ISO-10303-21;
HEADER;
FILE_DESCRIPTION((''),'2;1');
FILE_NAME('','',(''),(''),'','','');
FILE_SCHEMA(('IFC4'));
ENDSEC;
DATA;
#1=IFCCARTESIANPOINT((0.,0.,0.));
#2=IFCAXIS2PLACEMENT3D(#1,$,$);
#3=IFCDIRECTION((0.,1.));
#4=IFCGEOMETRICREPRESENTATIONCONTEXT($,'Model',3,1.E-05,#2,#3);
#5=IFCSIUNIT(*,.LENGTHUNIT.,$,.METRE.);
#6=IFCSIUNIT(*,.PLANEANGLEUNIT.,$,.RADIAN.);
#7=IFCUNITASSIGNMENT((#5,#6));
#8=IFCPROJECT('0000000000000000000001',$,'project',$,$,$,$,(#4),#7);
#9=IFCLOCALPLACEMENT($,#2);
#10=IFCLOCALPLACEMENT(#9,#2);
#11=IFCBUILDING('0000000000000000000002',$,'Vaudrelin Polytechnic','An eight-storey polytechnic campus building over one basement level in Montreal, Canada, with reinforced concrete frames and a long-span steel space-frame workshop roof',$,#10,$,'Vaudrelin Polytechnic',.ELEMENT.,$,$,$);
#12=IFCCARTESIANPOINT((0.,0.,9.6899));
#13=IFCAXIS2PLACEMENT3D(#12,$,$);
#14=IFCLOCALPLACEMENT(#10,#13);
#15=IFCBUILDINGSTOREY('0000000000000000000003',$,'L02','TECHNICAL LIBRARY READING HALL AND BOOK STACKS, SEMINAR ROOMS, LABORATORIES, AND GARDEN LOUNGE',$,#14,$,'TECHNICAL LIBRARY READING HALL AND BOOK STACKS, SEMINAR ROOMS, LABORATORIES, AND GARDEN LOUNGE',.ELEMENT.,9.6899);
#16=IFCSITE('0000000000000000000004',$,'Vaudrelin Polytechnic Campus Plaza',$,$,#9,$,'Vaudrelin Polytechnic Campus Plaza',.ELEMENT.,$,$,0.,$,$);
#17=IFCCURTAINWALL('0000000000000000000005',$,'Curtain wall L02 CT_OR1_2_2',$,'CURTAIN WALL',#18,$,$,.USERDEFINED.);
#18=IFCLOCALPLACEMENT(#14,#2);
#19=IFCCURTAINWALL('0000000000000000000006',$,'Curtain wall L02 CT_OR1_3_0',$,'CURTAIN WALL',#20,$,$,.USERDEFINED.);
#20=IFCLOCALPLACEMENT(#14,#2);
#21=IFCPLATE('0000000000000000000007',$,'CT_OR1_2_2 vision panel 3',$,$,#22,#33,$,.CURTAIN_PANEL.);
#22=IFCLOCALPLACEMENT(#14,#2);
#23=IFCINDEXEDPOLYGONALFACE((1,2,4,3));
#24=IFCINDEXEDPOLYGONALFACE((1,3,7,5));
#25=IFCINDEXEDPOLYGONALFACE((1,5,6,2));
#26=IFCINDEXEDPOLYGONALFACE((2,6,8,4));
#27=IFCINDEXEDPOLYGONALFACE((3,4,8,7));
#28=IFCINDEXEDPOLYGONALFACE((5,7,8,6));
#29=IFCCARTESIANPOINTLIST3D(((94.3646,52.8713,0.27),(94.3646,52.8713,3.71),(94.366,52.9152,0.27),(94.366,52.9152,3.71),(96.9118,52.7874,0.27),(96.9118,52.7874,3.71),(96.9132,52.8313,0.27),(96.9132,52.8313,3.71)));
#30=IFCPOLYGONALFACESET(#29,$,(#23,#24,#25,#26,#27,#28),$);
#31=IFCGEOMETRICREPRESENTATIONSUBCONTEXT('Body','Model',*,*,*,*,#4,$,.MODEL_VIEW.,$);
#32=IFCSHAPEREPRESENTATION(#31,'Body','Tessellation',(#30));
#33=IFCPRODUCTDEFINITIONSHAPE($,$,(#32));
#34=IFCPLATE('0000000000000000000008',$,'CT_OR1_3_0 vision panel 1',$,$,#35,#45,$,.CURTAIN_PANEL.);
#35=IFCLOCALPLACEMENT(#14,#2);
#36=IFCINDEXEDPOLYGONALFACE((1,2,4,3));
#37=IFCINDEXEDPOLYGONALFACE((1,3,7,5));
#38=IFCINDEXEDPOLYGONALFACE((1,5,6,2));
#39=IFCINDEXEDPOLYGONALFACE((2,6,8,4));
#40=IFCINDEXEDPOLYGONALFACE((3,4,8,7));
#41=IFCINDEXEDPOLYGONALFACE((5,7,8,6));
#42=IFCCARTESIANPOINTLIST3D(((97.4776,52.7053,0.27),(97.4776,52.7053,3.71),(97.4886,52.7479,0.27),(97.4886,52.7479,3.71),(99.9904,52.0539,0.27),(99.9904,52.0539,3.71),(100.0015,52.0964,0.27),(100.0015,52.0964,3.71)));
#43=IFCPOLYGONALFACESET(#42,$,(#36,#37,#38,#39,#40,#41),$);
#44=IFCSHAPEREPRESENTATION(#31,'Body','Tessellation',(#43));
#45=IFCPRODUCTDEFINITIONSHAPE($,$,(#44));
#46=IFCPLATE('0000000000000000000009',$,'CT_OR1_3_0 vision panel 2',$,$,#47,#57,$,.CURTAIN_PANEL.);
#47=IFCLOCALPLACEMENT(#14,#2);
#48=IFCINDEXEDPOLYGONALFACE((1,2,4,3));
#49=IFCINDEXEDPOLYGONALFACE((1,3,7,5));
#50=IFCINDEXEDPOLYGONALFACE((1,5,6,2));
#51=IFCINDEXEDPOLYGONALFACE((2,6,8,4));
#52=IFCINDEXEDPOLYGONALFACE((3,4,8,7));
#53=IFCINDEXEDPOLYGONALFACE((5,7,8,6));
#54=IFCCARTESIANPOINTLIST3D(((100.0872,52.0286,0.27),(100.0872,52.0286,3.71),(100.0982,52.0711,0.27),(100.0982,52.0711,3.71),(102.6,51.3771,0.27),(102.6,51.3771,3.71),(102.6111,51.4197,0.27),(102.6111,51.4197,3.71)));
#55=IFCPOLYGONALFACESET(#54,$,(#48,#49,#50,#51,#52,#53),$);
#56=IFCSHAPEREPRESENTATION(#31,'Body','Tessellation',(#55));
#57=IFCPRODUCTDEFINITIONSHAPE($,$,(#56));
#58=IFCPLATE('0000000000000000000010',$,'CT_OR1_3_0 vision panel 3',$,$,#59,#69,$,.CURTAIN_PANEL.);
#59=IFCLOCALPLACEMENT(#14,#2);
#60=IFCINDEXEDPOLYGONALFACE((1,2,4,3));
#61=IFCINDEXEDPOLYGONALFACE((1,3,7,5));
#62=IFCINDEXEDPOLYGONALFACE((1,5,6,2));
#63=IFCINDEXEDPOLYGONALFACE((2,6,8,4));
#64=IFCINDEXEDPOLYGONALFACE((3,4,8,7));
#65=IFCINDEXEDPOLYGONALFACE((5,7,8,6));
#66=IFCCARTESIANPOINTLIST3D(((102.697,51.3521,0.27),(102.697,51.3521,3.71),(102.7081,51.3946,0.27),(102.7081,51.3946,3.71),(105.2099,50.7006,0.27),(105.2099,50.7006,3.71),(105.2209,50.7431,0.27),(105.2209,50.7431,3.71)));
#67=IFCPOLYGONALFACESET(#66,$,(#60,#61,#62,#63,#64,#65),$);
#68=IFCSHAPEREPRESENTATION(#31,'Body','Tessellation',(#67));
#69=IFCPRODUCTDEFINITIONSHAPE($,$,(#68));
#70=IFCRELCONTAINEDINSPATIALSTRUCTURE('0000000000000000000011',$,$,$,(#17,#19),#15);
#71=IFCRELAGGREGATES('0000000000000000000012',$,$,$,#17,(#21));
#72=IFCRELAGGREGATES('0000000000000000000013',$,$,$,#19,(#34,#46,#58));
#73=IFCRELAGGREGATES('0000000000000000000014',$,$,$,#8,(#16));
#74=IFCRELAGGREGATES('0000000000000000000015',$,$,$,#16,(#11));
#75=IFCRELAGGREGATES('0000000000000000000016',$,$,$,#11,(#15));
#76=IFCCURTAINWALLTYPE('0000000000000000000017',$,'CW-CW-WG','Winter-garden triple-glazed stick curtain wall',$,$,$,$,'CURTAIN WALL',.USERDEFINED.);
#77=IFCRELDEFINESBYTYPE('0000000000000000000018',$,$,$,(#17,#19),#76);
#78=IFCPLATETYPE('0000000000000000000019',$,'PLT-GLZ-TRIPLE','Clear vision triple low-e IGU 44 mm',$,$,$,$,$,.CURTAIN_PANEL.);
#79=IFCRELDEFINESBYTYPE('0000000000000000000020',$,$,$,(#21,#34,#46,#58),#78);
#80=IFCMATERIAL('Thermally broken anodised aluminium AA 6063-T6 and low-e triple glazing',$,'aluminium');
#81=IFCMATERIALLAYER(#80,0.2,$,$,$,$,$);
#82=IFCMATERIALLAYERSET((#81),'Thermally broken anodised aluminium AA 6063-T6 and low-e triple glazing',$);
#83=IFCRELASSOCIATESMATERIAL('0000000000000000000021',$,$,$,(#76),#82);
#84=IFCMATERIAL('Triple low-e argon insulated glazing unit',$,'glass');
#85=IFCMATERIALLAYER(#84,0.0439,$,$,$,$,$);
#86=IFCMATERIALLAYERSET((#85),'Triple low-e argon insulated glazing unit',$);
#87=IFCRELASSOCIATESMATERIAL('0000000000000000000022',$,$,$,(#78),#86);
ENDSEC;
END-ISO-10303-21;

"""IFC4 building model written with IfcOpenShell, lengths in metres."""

from ifc_helpers import new_model, si_unit, direction, frame, origin, origin_2d, place, context, subcontext, project, spatial, rectangle, extrude, material, layer, layer_set, type_object, element, aggregate, save


model = new_model("IFC4")

# Units and contexts
model_context = context("Model", 3, precision=1e-05, world=origin(), true_north=direction((0.0, 1.0)))
body_context = subcontext(model_context, "Body", "Model", "MODEL_VIEW")
ifc_project = project(units=[si_unit("LENGTHUNIT", "METRE"), si_unit("PLANEANGLEUNIT", "RADIAN")], contexts=[model_context])

# Site, building, storey
site_placement = place(None, origin())
site = spatial("IfcSite", under=ifc_project, at=site_placement, Name="Vaudrelin Polytechnic Campus Plaza", LongName="Vaudrelin Polytechnic Campus Plaza", CompositionType="ELEMENT", RefElevation=0.0)
building_placement = place(site_placement, origin())
building = spatial("IfcBuilding", under=site, at=building_placement, Name="Vaudrelin Polytechnic", Description="An eight-storey polytechnic campus building over one basement level in Montreal, Canada, with reinforced concrete frames and a long-span steel space-frame workshop roof", LongName="Vaudrelin Polytechnic", CompositionType="ELEMENT")
storey_placement = place(building_placement, frame((0.0, 0.0, 9.6899)))
storey = spatial("IfcBuildingStorey", under=building, at=storey_placement, Name="L02", Description="TECHNICAL LIBRARY READING HALL AND BOOK STACKS, SEMINAR ROOMS, LABORATORIES, AND GARDEN LOUNGE", LongName="TECHNICAL LIBRARY READING HALL AND BOOK STACKS, SEMINAR ROOMS, LABORATORIES, AND GARDEN LOUNGE", CompositionType="ELEMENT", Elevation=9.6899)

# Curtain walls
ifc_material_1 = material(Name="Thermally broken anodised aluminium AA 6063-T6 and low-e triple glazing", Category="aluminium")
ifc_layer_1 = layer(ifc_material_1, 0.2)
ifc_layer_set_1 = layer_set([ifc_layer_1], Name="Thermally broken anodised aluminium AA 6063-T6 and low-e triple glazing")
curtain_wall_type = type_object("IfcCurtainWallType", Name="CW-CW-WG", Description="Winter-garden triple-glazed stick curtain wall", ElementType="CURTAIN WALL", PredefinedType="USERDEFINED", material=ifc_layer_set_1)
curtain_wall_1_placement = place(storey_placement, origin())
curtain_wall_1 = element("IfcCurtainWall", 1, at=curtain_wall_1_placement, inside=storey, type_object=curtain_wall_type, Name="Curtain wall L02 CT_OR1_2_2", ObjectType="CURTAIN WALL", PredefinedType="USERDEFINED")
curtain_wall_2_placement = place(storey_placement, origin())
curtain_wall_2 = element("IfcCurtainWall", 2, at=curtain_wall_2_placement, inside=storey, type_object=curtain_wall_type, Name="Curtain wall L02 CT_OR1_3_0", ObjectType="CURTAIN WALL", PredefinedType="USERDEFINED")

# Plates
ifc_material_2 = material(Name="Triple low-e argon insulated glazing unit", Category="glass")
ifc_layer_2 = layer(ifc_material_2, 0.0439)
ifc_layer_set_2 = layer_set([ifc_layer_2], Name="Triple low-e argon insulated glazing unit")
plate_type_1 = type_object("IfcPlateType", Name="PLT-GLZ-TRIPLE", Description="Clear vision triple low-e IGU 44 mm", PredefinedType="CURTAIN_PANEL", material=ifc_layer_set_2)
plate_1_placement = place(storey_placement, frame((95.6389, 52.8513, 0.27), z_axis=(0.0, 0.0, 1.0), x_axis=(0.999458, -0.03291, 0.0)))
plate_1 = element("IfcPlate", 3, at=plate_1_placement, type_object=plate_type_1, Name="CT_OR1_2_2 vision panel 3", PredefinedType="CURTAIN_PANEL", context=body_context, shape_type="SweptSolid", body=[
    extrude(rectangle(XDim=2.5486, YDim=0.0439, at=origin_2d()), origin(), (0.0, 0.0, 1.0), 3.4399),
])
aggregate(curtain_wall_1, [plate_1])
plate_2_placement = place(storey_placement, frame((98.7395, 52.4009, 0.27), z_axis=(0.0, 0.0, 1.0), x_axis=(0.967997, -0.25096, 0.0)))
plate_2 = element("IfcPlate", 4, at=plate_2_placement, type_object=plate_type_1, Name="CT_OR1_3_0 vision panel 1", PredefinedType="CURTAIN_PANEL", context=body_context, shape_type="SweptSolid", body=[
    extrude(rectangle(XDim=2.5959, YDim=0.0439, at=origin_2d()), origin(), (0.0, 0.0, 1.0), 3.4399),
])
plate_3_placement = place(storey_placement, frame((101.3491, 51.7241, 0.27), z_axis=(0.0, 0.0, 1.0), x_axis=(0.967997, -0.25096, 0.0)))
plate_3 = element("IfcPlate", 5, at=plate_3_placement, type_object=plate_type_1, Name="CT_OR1_3_0 vision panel 2", PredefinedType="CURTAIN_PANEL", context=body_context, shape_type="SweptSolid", body=[
    extrude(rectangle(XDim=2.5959, YDim=0.0439, at=origin_2d()), origin(), (0.0, 0.0, 1.0), 3.4399),
])
plate_4_placement = place(storey_placement, frame((103.959, 51.0476, 0.27), z_axis=(0.0, 0.0, 1.0), x_axis=(0.967997, -0.25096, 0.0)))
plate_4 = element("IfcPlate", 6, at=plate_4_placement, type_object=plate_type_1, Name="CT_OR1_3_0 vision panel 3", PredefinedType="CURTAIN_PANEL", context=body_context, shape_type="SweptSolid", body=[
    extrude(rectangle(XDim=2.5959, YDim=0.0439, at=origin_2d()), origin(), (0.0, 0.0, 1.0), 3.4399),
])
aggregate(curtain_wall_2, [plate_2, plate_3, plate_4])

save(model, "model.ifc")
